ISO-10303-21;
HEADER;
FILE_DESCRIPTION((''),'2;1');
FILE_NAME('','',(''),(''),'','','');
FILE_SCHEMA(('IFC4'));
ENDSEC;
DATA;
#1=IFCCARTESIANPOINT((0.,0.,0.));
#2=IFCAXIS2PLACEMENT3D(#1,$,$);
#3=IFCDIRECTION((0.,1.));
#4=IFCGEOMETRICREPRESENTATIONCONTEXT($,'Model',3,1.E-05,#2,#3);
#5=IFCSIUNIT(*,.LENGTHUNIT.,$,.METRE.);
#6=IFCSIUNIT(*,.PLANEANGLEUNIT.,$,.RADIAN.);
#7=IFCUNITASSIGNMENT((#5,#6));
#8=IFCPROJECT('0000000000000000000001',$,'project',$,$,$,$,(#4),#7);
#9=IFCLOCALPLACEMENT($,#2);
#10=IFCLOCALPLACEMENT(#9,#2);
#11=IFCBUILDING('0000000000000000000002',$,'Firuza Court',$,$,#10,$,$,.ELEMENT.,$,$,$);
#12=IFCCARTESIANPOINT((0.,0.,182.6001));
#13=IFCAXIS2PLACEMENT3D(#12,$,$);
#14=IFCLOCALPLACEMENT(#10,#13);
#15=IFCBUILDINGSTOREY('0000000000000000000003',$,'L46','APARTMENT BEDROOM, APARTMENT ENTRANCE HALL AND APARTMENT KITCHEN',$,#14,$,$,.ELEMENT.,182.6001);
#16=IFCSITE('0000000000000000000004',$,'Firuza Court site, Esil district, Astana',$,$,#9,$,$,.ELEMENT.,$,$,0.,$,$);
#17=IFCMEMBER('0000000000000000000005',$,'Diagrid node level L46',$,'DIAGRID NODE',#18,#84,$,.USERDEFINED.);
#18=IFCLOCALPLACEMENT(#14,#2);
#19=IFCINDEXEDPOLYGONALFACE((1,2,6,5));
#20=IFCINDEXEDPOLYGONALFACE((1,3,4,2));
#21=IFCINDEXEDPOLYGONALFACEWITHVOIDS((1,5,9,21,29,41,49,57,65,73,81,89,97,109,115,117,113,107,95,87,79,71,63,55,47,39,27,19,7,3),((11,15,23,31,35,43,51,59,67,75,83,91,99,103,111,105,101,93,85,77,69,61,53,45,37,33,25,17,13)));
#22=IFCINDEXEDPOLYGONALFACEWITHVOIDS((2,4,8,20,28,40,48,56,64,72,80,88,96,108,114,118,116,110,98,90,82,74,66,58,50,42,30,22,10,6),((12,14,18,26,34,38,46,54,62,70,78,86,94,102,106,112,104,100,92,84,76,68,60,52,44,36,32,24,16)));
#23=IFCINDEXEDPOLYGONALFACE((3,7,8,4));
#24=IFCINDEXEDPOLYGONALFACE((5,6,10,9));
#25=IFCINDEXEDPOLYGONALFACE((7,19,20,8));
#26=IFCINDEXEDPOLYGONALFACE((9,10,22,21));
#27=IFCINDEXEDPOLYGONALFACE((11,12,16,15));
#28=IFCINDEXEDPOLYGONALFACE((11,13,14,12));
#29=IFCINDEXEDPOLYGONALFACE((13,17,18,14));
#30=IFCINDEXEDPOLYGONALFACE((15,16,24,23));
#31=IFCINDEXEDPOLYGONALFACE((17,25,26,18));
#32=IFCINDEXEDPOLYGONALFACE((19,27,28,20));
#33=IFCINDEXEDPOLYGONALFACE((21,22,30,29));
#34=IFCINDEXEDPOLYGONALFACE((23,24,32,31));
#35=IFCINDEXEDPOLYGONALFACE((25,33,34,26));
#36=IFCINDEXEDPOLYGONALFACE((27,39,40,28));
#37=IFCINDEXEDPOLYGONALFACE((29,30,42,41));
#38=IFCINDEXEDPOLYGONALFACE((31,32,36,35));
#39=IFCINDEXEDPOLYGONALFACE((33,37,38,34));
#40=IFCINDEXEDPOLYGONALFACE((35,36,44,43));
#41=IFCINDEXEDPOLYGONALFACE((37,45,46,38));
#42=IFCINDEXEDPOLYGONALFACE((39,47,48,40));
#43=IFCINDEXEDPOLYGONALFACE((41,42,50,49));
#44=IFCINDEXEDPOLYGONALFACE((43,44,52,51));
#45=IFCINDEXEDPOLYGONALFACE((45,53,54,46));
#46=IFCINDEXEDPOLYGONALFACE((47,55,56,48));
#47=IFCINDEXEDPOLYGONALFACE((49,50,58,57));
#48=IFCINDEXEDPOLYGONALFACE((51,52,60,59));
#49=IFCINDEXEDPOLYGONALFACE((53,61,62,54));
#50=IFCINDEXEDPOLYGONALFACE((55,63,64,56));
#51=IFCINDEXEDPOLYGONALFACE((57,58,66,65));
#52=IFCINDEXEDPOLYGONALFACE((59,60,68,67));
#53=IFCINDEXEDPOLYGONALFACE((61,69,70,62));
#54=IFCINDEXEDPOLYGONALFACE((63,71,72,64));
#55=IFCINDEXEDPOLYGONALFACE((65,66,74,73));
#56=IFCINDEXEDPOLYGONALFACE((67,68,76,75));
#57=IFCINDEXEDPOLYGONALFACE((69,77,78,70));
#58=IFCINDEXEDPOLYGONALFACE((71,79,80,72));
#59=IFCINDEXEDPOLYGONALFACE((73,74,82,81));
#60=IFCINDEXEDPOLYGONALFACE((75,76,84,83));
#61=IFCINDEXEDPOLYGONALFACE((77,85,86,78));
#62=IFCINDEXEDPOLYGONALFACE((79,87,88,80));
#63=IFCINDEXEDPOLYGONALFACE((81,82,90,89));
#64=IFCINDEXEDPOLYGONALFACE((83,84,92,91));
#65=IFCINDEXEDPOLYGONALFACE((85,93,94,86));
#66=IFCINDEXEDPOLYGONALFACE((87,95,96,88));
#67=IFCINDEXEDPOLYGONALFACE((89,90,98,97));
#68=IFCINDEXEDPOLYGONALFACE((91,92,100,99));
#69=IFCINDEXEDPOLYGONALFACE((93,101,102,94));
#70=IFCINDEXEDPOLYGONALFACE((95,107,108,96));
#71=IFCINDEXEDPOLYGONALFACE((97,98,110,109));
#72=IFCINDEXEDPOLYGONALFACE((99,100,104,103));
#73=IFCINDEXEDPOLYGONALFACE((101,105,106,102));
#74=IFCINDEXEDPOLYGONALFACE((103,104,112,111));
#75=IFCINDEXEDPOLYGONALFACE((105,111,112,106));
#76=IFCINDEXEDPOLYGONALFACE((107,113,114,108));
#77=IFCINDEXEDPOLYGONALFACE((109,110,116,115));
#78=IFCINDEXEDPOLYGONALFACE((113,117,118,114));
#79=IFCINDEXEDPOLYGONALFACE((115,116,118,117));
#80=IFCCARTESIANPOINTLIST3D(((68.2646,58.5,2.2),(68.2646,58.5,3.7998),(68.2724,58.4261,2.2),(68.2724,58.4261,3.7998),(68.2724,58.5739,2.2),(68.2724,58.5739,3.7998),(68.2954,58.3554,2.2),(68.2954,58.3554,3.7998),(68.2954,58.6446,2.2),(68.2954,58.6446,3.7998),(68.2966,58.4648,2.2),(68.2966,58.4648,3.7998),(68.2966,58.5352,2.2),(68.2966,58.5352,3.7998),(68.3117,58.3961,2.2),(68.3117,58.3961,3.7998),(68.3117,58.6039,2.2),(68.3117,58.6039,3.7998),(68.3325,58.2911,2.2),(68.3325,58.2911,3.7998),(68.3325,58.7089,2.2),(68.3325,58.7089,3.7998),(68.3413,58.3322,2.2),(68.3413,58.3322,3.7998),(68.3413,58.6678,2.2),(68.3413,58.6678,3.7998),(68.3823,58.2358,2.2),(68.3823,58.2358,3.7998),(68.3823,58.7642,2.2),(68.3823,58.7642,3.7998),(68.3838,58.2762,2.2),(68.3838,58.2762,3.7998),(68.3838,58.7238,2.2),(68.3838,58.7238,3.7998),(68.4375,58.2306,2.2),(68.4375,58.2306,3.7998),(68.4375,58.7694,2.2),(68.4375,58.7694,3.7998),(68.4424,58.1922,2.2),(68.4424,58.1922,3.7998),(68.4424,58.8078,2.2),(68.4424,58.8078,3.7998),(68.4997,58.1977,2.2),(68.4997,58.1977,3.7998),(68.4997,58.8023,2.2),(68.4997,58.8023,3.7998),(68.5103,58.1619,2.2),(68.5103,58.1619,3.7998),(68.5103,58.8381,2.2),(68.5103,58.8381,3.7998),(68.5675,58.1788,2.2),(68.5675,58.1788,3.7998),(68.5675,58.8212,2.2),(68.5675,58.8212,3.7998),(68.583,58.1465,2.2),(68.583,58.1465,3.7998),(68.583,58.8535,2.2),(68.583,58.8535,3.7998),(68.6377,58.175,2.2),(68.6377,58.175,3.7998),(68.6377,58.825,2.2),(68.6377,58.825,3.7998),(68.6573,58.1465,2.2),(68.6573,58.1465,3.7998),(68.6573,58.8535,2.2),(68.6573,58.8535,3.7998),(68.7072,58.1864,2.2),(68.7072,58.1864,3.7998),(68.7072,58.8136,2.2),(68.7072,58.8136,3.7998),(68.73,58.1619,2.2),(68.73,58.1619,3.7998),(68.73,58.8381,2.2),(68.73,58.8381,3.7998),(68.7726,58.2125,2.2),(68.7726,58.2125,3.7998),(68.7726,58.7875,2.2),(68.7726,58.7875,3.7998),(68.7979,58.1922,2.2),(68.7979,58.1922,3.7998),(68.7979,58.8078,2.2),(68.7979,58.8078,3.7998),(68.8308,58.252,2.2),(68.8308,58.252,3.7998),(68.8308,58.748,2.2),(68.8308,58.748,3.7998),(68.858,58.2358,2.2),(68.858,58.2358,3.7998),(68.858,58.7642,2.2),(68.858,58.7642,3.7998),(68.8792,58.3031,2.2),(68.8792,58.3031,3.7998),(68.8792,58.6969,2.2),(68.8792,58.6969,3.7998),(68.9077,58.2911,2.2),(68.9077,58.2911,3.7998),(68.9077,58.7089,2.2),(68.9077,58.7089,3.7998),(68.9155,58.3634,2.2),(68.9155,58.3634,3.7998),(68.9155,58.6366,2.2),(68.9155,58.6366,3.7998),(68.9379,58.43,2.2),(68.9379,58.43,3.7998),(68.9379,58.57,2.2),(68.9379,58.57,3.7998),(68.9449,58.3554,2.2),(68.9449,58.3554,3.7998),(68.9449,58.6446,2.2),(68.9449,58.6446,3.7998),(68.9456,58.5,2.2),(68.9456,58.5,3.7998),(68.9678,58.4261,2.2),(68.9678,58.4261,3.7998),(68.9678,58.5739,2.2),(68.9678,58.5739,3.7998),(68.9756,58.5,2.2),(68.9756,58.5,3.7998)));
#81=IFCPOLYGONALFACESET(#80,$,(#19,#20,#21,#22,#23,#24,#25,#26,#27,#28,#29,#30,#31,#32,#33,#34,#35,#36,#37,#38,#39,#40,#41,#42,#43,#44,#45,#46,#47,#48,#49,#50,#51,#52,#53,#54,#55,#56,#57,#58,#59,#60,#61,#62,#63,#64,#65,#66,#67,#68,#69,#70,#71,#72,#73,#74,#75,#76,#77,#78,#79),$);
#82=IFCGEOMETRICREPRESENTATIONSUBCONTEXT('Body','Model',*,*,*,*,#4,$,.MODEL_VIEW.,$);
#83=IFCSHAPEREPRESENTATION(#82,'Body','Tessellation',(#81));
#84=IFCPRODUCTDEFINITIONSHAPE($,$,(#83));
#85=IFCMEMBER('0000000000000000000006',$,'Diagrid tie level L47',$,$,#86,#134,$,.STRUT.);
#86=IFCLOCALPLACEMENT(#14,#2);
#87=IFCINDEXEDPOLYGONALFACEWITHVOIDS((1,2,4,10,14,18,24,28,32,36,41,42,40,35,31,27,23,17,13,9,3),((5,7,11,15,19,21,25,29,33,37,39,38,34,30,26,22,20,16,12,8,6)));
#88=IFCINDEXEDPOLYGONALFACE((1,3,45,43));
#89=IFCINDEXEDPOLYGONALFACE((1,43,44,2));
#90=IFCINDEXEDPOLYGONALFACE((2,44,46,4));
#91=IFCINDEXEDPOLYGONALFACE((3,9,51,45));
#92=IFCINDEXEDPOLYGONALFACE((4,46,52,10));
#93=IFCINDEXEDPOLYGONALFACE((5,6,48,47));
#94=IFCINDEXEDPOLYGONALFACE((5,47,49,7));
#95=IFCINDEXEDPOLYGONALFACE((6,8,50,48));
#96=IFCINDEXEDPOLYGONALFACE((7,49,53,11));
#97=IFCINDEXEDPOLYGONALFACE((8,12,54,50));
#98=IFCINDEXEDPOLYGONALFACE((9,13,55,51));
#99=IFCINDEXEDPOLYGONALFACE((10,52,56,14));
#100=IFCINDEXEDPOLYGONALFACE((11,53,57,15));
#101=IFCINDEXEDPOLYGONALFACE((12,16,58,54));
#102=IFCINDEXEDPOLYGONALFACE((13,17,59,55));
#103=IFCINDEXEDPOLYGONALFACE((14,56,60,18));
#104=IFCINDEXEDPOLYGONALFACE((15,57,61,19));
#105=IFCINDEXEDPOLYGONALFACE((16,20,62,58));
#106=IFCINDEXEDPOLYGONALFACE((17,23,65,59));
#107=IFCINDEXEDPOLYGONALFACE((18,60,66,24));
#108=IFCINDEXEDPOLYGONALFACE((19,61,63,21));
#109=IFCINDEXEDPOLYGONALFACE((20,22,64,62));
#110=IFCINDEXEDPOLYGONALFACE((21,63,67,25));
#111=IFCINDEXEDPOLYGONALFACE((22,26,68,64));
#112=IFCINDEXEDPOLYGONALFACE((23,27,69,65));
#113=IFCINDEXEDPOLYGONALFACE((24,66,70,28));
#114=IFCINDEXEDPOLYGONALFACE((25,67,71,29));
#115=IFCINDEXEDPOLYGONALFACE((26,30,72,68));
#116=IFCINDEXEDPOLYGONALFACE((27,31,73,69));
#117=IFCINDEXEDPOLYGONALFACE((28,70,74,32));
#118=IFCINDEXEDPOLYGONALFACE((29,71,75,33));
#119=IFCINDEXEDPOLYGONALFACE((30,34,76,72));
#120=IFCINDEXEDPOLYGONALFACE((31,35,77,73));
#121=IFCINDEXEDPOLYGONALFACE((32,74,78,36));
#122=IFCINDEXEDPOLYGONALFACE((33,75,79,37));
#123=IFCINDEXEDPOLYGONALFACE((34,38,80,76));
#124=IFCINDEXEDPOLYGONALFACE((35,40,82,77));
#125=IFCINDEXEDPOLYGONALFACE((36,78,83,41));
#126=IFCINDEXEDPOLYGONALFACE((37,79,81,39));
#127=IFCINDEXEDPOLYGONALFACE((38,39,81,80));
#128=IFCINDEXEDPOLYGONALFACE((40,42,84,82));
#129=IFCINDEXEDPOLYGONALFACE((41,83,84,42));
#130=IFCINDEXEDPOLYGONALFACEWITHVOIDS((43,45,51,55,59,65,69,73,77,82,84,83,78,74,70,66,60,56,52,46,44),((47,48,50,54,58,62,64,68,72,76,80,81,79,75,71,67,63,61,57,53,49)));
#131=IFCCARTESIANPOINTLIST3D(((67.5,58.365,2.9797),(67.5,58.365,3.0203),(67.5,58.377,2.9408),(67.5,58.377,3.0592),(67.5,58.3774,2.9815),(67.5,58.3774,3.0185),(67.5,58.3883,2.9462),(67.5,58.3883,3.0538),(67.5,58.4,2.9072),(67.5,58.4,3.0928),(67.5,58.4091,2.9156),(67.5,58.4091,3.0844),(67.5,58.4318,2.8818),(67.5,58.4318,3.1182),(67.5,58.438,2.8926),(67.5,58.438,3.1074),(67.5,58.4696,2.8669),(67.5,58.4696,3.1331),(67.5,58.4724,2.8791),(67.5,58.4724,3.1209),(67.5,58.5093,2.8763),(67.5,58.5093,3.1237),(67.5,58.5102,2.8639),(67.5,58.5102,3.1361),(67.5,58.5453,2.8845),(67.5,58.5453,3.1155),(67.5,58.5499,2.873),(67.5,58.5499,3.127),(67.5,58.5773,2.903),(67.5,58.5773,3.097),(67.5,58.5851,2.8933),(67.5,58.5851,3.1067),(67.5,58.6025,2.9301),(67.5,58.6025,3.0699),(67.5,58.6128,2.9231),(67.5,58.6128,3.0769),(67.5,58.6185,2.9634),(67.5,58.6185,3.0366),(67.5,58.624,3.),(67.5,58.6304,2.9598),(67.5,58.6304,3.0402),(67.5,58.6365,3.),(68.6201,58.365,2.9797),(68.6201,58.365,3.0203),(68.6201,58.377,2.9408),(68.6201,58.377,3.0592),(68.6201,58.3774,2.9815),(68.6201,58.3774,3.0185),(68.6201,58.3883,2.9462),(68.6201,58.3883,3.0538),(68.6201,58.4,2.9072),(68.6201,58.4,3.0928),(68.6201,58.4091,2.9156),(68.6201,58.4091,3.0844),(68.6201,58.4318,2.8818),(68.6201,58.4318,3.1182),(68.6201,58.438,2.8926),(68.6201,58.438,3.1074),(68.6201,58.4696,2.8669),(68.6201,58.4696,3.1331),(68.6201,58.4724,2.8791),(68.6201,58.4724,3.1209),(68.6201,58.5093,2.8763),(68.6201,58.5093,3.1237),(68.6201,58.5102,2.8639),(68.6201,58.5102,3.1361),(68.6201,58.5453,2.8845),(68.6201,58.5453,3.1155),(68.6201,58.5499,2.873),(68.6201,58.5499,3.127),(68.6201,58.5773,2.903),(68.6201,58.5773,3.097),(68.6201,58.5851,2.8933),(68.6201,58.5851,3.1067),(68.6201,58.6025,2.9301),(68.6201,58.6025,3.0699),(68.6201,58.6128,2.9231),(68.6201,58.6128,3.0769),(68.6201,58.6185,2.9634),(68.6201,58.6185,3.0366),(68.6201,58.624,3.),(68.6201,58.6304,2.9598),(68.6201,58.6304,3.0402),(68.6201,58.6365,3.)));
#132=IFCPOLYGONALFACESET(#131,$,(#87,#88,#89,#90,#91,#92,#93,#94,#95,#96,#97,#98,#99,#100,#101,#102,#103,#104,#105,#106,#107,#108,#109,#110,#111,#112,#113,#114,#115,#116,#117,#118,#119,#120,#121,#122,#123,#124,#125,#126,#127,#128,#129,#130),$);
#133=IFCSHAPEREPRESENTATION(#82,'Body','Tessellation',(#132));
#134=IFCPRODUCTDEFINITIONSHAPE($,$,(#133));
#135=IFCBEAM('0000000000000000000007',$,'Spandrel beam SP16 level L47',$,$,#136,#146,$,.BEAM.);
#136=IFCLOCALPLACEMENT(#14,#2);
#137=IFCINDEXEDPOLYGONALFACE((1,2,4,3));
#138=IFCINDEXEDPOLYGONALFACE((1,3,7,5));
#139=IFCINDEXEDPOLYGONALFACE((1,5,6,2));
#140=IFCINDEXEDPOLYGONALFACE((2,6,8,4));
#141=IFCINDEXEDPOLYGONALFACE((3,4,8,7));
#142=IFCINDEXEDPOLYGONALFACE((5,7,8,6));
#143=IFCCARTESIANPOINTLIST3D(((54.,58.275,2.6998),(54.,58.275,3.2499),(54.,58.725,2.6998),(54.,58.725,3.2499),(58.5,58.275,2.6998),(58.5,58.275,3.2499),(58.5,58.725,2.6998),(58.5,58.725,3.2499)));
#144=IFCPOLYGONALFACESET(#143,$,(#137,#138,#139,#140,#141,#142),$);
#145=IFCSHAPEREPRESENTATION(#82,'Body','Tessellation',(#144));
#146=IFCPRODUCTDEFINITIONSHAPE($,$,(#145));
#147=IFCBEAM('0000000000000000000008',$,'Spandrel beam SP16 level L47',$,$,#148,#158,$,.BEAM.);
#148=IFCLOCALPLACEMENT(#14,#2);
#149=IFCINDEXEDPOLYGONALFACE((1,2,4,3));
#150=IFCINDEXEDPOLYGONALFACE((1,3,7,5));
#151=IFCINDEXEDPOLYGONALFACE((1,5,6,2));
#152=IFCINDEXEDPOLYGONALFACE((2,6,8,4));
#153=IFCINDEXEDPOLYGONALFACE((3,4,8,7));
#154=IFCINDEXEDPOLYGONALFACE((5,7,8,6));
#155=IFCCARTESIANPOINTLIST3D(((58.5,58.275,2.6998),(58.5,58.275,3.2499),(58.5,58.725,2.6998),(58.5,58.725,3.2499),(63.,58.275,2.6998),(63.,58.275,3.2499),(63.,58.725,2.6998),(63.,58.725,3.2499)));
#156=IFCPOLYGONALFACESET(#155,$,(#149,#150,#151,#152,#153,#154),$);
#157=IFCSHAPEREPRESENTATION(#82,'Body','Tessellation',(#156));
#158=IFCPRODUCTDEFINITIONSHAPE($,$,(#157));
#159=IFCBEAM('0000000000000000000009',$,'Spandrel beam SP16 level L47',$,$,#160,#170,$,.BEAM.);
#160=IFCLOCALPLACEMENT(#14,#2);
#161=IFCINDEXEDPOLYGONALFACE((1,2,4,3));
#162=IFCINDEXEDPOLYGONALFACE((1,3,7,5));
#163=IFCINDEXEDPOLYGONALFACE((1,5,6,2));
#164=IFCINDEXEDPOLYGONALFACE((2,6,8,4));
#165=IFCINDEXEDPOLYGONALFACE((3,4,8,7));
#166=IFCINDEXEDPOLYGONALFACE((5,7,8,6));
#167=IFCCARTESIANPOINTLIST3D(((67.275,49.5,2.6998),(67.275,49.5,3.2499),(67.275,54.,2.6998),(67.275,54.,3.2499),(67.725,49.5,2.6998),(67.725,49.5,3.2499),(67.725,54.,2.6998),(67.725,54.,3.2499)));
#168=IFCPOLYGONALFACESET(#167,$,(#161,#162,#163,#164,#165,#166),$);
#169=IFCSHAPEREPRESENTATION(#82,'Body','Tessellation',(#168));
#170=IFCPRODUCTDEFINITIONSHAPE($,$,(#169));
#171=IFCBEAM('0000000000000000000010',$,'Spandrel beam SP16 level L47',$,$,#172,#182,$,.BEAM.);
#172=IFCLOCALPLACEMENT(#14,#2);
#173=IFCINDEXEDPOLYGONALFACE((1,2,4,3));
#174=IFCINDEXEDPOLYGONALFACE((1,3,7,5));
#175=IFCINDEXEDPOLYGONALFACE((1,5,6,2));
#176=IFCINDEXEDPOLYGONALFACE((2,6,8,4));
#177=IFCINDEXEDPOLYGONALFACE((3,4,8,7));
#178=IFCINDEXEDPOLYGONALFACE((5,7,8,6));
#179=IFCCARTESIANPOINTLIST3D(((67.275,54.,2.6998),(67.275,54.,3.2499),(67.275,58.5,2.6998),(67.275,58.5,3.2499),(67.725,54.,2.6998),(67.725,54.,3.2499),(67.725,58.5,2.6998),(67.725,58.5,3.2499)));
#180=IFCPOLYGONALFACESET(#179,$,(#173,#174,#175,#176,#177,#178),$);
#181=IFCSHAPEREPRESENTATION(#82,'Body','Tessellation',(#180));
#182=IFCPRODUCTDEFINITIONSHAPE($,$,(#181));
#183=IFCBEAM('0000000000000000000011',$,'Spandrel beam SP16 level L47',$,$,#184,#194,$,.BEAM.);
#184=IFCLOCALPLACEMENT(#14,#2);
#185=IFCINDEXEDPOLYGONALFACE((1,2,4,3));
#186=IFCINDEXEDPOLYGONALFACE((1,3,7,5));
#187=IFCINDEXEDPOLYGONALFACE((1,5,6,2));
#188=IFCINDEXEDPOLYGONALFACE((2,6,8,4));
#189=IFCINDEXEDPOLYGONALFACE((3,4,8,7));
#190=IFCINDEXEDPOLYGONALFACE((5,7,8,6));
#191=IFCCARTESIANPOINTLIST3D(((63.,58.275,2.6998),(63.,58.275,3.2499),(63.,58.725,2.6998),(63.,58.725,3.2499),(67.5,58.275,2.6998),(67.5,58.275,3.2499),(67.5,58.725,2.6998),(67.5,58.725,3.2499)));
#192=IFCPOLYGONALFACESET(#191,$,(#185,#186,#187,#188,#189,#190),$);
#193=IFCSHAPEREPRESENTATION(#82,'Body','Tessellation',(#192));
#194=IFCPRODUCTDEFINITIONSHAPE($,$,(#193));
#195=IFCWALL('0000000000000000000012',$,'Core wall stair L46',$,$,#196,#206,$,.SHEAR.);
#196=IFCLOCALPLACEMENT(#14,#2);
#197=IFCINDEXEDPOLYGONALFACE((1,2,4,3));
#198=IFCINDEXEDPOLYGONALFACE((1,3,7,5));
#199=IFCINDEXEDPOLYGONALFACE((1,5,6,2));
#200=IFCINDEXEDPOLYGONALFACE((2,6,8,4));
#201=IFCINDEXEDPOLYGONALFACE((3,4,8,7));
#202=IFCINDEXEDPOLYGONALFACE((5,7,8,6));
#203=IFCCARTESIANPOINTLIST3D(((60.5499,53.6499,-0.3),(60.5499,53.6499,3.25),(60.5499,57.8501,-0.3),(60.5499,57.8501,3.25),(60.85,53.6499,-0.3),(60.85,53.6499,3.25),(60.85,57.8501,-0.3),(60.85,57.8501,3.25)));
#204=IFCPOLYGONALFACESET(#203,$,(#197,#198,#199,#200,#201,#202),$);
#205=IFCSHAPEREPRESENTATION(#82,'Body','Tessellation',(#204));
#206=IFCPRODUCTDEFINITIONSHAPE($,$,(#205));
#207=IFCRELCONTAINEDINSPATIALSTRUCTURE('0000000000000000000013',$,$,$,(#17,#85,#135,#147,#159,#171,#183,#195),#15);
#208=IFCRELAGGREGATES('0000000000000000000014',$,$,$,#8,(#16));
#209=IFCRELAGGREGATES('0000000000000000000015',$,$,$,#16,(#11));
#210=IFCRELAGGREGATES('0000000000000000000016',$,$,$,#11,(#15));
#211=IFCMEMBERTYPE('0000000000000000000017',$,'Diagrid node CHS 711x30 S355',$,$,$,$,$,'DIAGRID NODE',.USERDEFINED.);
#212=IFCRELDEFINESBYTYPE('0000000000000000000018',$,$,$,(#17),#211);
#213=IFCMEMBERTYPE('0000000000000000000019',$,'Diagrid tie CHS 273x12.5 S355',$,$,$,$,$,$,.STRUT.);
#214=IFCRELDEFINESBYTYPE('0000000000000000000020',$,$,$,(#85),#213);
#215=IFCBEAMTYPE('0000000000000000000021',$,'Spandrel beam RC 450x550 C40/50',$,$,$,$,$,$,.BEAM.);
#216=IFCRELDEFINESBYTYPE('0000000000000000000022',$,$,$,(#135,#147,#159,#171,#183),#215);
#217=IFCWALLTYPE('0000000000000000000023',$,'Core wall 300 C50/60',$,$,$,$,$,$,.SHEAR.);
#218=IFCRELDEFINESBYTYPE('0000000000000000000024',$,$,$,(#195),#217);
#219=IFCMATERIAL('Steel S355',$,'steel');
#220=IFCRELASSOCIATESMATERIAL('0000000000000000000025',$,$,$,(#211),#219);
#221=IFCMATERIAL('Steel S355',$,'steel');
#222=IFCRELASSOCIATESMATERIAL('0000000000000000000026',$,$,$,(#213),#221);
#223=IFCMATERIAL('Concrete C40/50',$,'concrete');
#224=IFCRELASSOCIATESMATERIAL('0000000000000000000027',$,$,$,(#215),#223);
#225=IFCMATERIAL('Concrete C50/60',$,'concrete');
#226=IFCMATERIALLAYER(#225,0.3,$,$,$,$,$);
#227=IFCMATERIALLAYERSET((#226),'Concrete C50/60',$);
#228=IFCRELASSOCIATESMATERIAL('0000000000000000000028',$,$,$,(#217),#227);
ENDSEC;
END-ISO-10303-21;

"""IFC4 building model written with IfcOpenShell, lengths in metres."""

from ifc_helpers import new_model, si_unit, direction, frame, frame_2d, origin, origin_2d, place, context, subcontext, project, spatial, rectangle, hollow_circle, extrude, material, layer, layer_set, material_profile, profile_set, type_object, element, save


model = new_model("IFC4")

# Units and contexts
model_context = context("Model", 3, precision=1e-05, world=origin(), true_north=direction((0.0, 1.0)))
body_context = subcontext(model_context, "Body", "Model", "MODEL_VIEW")
ifc_project = project(units=[si_unit("LENGTHUNIT", "METRE"), si_unit("PLANEANGLEUNIT", "RADIAN")], contexts=[model_context])

# Site, building, storey
site_placement = place(None, origin())
site = spatial("IfcSite", under=ifc_project, at=site_placement, Name="Firuza Court site, Esil district, Astana", CompositionType="ELEMENT", RefElevation=0.0)
building_placement = place(site_placement, origin())
building = spatial("IfcBuilding", under=site, at=building_placement, Name="Firuza Court", CompositionType="ELEMENT")
storey_placement = place(building_placement, frame((0.0, 0.0, 182.6001)))
storey = spatial("IfcBuildingStorey", under=building, at=storey_placement, Name="L46", Description="APARTMENT BEDROOM, APARTMENT ENTRANCE HALL AND APARTMENT KITCHEN", CompositionType="ELEMENT", Elevation=182.6001)

# Members
ifc_material_1 = material(Name="Steel S355", Category="steel")
ifc_material_profile_1 = material_profile(ifc_material_1, hollow_circle(Radius=0.3555, WallThickness=0.03, at=origin_2d()), Name="CHS 711x30")
ifc_profile_set_1 = profile_set([ifc_material_profile_1], Name="Steel S355")
member_type_1 = type_object("IfcMemberType", Name="Diagrid node CHS 711x30 S355", ElementType="DIAGRID NODE", PredefinedType="USERDEFINED", material=ifc_profile_set_1)
for number, where, z_axis, x_axis, name in (
    (1, (68.6201, 58.5, 2.2), (0.0, 0.0, 1.0), (1.0, 0.0, 0.0), "Diagrid node level L46"),
):
    element("IfcMember", number, at=place(storey_placement, frame(where, z_axis=z_axis, x_axis=x_axis)), inside=storey, type_object=member_type_1, Name=name, ObjectType="DIAGRID NODE", PredefinedType="USERDEFINED", context=body_context, shape_type="SweptSolid", body=[
        extrude(hollow_circle(Radius=0.3555, WallThickness=0.03, at=origin_2d()), origin(), (0.0, 0.0, 1.0), 1.5999),
    ])
ifc_material_2 = material(Name="Steel S355", Category="steel")
ifc_material_profile_2 = material_profile(ifc_material_2, hollow_circle(Radius=0.1365, WallThickness=0.0125, at=origin_2d()), Name="CHS 273x12.5")
ifc_profile_set_2 = profile_set([ifc_material_profile_2], Name="Steel S355")
member_type_2 = type_object("IfcMemberType", Name="Diagrid tie CHS 273x12.5 S355", PredefinedType="STRUT", material=ifc_profile_set_2)
member_placement = place(storey_placement, frame((67.5, 58.5, 3.0), z_axis=(1.0, 0.0, 0.0), x_axis=(0.0, 1.0, 0.0)))
element("IfcMember", 2, at=member_placement, inside=storey, type_object=member_type_2, Name="Diagrid tie level L47", PredefinedType="STRUT", context=body_context, shape_type="SweptSolid", body=[
    extrude(hollow_circle(Radius=0.1365, WallThickness=0.0125, at=origin_2d()), origin(), (0.0, 0.0, 1.0), 1.1201),
])

# Beams
ifc_material_3 = material(Name="Concrete C40/50", Category="concrete")
ifc_material_profile_3 = material_profile(ifc_material_3, rectangle(XDim=0.45, YDim=0.55, at=origin_2d()), Name="RC 450x550")
ifc_profile_set_3 = profile_set([ifc_material_profile_3], Name="Concrete C40/50")
beam_type_1 = type_object("IfcBeamType", Name="Spandrel beam RC 450x550 C40/50", PredefinedType="BEAM", material=ifc_profile_set_3)
for number, where, z_axis, x_axis, name in (
    (3, (58.5, 58.5, 2.9749), (-1.0, 0.0, 0.0), (0.0, -1.0, 0.0), "Spandrel beam SP16 level L47"),
    (4, (63.0, 58.5, 2.9749), (-1.0, 0.0, 0.0), (0.0, -1.0, 0.0), "Spandrel beam SP16 level L47"),
    (5, (67.5, 49.5, 2.9749), (0.0, 1.0, 0.0), (-1.0, 0.0, 0.0), "Spandrel beam SP16 level L47"),
    (6, (67.5, 54.0, 2.9749), (0.0, 1.0, 0.0), (-1.0, 0.0, 0.0), "Spandrel beam SP16 level L47"),
    (7, (67.5, 58.5, 2.9749), (-1.0, 0.0, 0.0), (0.0, -1.0, 0.0), "Spandrel beam SP16 level L47"),
):
    element("IfcBeam", number, at=place(storey_placement, frame(where, z_axis=z_axis, x_axis=x_axis)), inside=storey, type_object=beam_type_1, Name=name, PredefinedType="BEAM", context=body_context, shape_type="SweptSolid", body=[
        extrude(rectangle(XDim=0.45, YDim=0.55, at=origin_2d()), origin(), (0.0, 0.0, 1.0), 4.5),
    ])

# Wall
ifc_material_4 = material(Name="Concrete C50/60", Category="concrete")
ifc_layer_1 = layer(ifc_material_4, 0.3)
ifc_layer_set_1 = layer_set([ifc_layer_1], Name="Concrete C50/60")
wall_type_1 = type_object("IfcWallType", Name="Core wall 300 C50/60", PredefinedType="SHEAR", material=ifc_layer_set_1)
wall_1_placement = place(storey_placement, frame((60.7, 53.6499, -0.3), z_axis=(0.0, 0.0, 1.0), x_axis=(0.0, 1.0, 0.0)))
element("IfcWall", 8, at=wall_1_placement, inside=storey, type_object=wall_type_1, Name="Core wall stair L46", PredefinedType="SHEAR", context=body_context, shape_type="SweptSolid", body=[
    extrude(rectangle(XDim=4.2002, YDim=0.3, at=frame_2d((2.1001, 0.0))), origin(), (0.0, 0.0, 1.0), 3.55),
])

save(model, "model.ifc")
